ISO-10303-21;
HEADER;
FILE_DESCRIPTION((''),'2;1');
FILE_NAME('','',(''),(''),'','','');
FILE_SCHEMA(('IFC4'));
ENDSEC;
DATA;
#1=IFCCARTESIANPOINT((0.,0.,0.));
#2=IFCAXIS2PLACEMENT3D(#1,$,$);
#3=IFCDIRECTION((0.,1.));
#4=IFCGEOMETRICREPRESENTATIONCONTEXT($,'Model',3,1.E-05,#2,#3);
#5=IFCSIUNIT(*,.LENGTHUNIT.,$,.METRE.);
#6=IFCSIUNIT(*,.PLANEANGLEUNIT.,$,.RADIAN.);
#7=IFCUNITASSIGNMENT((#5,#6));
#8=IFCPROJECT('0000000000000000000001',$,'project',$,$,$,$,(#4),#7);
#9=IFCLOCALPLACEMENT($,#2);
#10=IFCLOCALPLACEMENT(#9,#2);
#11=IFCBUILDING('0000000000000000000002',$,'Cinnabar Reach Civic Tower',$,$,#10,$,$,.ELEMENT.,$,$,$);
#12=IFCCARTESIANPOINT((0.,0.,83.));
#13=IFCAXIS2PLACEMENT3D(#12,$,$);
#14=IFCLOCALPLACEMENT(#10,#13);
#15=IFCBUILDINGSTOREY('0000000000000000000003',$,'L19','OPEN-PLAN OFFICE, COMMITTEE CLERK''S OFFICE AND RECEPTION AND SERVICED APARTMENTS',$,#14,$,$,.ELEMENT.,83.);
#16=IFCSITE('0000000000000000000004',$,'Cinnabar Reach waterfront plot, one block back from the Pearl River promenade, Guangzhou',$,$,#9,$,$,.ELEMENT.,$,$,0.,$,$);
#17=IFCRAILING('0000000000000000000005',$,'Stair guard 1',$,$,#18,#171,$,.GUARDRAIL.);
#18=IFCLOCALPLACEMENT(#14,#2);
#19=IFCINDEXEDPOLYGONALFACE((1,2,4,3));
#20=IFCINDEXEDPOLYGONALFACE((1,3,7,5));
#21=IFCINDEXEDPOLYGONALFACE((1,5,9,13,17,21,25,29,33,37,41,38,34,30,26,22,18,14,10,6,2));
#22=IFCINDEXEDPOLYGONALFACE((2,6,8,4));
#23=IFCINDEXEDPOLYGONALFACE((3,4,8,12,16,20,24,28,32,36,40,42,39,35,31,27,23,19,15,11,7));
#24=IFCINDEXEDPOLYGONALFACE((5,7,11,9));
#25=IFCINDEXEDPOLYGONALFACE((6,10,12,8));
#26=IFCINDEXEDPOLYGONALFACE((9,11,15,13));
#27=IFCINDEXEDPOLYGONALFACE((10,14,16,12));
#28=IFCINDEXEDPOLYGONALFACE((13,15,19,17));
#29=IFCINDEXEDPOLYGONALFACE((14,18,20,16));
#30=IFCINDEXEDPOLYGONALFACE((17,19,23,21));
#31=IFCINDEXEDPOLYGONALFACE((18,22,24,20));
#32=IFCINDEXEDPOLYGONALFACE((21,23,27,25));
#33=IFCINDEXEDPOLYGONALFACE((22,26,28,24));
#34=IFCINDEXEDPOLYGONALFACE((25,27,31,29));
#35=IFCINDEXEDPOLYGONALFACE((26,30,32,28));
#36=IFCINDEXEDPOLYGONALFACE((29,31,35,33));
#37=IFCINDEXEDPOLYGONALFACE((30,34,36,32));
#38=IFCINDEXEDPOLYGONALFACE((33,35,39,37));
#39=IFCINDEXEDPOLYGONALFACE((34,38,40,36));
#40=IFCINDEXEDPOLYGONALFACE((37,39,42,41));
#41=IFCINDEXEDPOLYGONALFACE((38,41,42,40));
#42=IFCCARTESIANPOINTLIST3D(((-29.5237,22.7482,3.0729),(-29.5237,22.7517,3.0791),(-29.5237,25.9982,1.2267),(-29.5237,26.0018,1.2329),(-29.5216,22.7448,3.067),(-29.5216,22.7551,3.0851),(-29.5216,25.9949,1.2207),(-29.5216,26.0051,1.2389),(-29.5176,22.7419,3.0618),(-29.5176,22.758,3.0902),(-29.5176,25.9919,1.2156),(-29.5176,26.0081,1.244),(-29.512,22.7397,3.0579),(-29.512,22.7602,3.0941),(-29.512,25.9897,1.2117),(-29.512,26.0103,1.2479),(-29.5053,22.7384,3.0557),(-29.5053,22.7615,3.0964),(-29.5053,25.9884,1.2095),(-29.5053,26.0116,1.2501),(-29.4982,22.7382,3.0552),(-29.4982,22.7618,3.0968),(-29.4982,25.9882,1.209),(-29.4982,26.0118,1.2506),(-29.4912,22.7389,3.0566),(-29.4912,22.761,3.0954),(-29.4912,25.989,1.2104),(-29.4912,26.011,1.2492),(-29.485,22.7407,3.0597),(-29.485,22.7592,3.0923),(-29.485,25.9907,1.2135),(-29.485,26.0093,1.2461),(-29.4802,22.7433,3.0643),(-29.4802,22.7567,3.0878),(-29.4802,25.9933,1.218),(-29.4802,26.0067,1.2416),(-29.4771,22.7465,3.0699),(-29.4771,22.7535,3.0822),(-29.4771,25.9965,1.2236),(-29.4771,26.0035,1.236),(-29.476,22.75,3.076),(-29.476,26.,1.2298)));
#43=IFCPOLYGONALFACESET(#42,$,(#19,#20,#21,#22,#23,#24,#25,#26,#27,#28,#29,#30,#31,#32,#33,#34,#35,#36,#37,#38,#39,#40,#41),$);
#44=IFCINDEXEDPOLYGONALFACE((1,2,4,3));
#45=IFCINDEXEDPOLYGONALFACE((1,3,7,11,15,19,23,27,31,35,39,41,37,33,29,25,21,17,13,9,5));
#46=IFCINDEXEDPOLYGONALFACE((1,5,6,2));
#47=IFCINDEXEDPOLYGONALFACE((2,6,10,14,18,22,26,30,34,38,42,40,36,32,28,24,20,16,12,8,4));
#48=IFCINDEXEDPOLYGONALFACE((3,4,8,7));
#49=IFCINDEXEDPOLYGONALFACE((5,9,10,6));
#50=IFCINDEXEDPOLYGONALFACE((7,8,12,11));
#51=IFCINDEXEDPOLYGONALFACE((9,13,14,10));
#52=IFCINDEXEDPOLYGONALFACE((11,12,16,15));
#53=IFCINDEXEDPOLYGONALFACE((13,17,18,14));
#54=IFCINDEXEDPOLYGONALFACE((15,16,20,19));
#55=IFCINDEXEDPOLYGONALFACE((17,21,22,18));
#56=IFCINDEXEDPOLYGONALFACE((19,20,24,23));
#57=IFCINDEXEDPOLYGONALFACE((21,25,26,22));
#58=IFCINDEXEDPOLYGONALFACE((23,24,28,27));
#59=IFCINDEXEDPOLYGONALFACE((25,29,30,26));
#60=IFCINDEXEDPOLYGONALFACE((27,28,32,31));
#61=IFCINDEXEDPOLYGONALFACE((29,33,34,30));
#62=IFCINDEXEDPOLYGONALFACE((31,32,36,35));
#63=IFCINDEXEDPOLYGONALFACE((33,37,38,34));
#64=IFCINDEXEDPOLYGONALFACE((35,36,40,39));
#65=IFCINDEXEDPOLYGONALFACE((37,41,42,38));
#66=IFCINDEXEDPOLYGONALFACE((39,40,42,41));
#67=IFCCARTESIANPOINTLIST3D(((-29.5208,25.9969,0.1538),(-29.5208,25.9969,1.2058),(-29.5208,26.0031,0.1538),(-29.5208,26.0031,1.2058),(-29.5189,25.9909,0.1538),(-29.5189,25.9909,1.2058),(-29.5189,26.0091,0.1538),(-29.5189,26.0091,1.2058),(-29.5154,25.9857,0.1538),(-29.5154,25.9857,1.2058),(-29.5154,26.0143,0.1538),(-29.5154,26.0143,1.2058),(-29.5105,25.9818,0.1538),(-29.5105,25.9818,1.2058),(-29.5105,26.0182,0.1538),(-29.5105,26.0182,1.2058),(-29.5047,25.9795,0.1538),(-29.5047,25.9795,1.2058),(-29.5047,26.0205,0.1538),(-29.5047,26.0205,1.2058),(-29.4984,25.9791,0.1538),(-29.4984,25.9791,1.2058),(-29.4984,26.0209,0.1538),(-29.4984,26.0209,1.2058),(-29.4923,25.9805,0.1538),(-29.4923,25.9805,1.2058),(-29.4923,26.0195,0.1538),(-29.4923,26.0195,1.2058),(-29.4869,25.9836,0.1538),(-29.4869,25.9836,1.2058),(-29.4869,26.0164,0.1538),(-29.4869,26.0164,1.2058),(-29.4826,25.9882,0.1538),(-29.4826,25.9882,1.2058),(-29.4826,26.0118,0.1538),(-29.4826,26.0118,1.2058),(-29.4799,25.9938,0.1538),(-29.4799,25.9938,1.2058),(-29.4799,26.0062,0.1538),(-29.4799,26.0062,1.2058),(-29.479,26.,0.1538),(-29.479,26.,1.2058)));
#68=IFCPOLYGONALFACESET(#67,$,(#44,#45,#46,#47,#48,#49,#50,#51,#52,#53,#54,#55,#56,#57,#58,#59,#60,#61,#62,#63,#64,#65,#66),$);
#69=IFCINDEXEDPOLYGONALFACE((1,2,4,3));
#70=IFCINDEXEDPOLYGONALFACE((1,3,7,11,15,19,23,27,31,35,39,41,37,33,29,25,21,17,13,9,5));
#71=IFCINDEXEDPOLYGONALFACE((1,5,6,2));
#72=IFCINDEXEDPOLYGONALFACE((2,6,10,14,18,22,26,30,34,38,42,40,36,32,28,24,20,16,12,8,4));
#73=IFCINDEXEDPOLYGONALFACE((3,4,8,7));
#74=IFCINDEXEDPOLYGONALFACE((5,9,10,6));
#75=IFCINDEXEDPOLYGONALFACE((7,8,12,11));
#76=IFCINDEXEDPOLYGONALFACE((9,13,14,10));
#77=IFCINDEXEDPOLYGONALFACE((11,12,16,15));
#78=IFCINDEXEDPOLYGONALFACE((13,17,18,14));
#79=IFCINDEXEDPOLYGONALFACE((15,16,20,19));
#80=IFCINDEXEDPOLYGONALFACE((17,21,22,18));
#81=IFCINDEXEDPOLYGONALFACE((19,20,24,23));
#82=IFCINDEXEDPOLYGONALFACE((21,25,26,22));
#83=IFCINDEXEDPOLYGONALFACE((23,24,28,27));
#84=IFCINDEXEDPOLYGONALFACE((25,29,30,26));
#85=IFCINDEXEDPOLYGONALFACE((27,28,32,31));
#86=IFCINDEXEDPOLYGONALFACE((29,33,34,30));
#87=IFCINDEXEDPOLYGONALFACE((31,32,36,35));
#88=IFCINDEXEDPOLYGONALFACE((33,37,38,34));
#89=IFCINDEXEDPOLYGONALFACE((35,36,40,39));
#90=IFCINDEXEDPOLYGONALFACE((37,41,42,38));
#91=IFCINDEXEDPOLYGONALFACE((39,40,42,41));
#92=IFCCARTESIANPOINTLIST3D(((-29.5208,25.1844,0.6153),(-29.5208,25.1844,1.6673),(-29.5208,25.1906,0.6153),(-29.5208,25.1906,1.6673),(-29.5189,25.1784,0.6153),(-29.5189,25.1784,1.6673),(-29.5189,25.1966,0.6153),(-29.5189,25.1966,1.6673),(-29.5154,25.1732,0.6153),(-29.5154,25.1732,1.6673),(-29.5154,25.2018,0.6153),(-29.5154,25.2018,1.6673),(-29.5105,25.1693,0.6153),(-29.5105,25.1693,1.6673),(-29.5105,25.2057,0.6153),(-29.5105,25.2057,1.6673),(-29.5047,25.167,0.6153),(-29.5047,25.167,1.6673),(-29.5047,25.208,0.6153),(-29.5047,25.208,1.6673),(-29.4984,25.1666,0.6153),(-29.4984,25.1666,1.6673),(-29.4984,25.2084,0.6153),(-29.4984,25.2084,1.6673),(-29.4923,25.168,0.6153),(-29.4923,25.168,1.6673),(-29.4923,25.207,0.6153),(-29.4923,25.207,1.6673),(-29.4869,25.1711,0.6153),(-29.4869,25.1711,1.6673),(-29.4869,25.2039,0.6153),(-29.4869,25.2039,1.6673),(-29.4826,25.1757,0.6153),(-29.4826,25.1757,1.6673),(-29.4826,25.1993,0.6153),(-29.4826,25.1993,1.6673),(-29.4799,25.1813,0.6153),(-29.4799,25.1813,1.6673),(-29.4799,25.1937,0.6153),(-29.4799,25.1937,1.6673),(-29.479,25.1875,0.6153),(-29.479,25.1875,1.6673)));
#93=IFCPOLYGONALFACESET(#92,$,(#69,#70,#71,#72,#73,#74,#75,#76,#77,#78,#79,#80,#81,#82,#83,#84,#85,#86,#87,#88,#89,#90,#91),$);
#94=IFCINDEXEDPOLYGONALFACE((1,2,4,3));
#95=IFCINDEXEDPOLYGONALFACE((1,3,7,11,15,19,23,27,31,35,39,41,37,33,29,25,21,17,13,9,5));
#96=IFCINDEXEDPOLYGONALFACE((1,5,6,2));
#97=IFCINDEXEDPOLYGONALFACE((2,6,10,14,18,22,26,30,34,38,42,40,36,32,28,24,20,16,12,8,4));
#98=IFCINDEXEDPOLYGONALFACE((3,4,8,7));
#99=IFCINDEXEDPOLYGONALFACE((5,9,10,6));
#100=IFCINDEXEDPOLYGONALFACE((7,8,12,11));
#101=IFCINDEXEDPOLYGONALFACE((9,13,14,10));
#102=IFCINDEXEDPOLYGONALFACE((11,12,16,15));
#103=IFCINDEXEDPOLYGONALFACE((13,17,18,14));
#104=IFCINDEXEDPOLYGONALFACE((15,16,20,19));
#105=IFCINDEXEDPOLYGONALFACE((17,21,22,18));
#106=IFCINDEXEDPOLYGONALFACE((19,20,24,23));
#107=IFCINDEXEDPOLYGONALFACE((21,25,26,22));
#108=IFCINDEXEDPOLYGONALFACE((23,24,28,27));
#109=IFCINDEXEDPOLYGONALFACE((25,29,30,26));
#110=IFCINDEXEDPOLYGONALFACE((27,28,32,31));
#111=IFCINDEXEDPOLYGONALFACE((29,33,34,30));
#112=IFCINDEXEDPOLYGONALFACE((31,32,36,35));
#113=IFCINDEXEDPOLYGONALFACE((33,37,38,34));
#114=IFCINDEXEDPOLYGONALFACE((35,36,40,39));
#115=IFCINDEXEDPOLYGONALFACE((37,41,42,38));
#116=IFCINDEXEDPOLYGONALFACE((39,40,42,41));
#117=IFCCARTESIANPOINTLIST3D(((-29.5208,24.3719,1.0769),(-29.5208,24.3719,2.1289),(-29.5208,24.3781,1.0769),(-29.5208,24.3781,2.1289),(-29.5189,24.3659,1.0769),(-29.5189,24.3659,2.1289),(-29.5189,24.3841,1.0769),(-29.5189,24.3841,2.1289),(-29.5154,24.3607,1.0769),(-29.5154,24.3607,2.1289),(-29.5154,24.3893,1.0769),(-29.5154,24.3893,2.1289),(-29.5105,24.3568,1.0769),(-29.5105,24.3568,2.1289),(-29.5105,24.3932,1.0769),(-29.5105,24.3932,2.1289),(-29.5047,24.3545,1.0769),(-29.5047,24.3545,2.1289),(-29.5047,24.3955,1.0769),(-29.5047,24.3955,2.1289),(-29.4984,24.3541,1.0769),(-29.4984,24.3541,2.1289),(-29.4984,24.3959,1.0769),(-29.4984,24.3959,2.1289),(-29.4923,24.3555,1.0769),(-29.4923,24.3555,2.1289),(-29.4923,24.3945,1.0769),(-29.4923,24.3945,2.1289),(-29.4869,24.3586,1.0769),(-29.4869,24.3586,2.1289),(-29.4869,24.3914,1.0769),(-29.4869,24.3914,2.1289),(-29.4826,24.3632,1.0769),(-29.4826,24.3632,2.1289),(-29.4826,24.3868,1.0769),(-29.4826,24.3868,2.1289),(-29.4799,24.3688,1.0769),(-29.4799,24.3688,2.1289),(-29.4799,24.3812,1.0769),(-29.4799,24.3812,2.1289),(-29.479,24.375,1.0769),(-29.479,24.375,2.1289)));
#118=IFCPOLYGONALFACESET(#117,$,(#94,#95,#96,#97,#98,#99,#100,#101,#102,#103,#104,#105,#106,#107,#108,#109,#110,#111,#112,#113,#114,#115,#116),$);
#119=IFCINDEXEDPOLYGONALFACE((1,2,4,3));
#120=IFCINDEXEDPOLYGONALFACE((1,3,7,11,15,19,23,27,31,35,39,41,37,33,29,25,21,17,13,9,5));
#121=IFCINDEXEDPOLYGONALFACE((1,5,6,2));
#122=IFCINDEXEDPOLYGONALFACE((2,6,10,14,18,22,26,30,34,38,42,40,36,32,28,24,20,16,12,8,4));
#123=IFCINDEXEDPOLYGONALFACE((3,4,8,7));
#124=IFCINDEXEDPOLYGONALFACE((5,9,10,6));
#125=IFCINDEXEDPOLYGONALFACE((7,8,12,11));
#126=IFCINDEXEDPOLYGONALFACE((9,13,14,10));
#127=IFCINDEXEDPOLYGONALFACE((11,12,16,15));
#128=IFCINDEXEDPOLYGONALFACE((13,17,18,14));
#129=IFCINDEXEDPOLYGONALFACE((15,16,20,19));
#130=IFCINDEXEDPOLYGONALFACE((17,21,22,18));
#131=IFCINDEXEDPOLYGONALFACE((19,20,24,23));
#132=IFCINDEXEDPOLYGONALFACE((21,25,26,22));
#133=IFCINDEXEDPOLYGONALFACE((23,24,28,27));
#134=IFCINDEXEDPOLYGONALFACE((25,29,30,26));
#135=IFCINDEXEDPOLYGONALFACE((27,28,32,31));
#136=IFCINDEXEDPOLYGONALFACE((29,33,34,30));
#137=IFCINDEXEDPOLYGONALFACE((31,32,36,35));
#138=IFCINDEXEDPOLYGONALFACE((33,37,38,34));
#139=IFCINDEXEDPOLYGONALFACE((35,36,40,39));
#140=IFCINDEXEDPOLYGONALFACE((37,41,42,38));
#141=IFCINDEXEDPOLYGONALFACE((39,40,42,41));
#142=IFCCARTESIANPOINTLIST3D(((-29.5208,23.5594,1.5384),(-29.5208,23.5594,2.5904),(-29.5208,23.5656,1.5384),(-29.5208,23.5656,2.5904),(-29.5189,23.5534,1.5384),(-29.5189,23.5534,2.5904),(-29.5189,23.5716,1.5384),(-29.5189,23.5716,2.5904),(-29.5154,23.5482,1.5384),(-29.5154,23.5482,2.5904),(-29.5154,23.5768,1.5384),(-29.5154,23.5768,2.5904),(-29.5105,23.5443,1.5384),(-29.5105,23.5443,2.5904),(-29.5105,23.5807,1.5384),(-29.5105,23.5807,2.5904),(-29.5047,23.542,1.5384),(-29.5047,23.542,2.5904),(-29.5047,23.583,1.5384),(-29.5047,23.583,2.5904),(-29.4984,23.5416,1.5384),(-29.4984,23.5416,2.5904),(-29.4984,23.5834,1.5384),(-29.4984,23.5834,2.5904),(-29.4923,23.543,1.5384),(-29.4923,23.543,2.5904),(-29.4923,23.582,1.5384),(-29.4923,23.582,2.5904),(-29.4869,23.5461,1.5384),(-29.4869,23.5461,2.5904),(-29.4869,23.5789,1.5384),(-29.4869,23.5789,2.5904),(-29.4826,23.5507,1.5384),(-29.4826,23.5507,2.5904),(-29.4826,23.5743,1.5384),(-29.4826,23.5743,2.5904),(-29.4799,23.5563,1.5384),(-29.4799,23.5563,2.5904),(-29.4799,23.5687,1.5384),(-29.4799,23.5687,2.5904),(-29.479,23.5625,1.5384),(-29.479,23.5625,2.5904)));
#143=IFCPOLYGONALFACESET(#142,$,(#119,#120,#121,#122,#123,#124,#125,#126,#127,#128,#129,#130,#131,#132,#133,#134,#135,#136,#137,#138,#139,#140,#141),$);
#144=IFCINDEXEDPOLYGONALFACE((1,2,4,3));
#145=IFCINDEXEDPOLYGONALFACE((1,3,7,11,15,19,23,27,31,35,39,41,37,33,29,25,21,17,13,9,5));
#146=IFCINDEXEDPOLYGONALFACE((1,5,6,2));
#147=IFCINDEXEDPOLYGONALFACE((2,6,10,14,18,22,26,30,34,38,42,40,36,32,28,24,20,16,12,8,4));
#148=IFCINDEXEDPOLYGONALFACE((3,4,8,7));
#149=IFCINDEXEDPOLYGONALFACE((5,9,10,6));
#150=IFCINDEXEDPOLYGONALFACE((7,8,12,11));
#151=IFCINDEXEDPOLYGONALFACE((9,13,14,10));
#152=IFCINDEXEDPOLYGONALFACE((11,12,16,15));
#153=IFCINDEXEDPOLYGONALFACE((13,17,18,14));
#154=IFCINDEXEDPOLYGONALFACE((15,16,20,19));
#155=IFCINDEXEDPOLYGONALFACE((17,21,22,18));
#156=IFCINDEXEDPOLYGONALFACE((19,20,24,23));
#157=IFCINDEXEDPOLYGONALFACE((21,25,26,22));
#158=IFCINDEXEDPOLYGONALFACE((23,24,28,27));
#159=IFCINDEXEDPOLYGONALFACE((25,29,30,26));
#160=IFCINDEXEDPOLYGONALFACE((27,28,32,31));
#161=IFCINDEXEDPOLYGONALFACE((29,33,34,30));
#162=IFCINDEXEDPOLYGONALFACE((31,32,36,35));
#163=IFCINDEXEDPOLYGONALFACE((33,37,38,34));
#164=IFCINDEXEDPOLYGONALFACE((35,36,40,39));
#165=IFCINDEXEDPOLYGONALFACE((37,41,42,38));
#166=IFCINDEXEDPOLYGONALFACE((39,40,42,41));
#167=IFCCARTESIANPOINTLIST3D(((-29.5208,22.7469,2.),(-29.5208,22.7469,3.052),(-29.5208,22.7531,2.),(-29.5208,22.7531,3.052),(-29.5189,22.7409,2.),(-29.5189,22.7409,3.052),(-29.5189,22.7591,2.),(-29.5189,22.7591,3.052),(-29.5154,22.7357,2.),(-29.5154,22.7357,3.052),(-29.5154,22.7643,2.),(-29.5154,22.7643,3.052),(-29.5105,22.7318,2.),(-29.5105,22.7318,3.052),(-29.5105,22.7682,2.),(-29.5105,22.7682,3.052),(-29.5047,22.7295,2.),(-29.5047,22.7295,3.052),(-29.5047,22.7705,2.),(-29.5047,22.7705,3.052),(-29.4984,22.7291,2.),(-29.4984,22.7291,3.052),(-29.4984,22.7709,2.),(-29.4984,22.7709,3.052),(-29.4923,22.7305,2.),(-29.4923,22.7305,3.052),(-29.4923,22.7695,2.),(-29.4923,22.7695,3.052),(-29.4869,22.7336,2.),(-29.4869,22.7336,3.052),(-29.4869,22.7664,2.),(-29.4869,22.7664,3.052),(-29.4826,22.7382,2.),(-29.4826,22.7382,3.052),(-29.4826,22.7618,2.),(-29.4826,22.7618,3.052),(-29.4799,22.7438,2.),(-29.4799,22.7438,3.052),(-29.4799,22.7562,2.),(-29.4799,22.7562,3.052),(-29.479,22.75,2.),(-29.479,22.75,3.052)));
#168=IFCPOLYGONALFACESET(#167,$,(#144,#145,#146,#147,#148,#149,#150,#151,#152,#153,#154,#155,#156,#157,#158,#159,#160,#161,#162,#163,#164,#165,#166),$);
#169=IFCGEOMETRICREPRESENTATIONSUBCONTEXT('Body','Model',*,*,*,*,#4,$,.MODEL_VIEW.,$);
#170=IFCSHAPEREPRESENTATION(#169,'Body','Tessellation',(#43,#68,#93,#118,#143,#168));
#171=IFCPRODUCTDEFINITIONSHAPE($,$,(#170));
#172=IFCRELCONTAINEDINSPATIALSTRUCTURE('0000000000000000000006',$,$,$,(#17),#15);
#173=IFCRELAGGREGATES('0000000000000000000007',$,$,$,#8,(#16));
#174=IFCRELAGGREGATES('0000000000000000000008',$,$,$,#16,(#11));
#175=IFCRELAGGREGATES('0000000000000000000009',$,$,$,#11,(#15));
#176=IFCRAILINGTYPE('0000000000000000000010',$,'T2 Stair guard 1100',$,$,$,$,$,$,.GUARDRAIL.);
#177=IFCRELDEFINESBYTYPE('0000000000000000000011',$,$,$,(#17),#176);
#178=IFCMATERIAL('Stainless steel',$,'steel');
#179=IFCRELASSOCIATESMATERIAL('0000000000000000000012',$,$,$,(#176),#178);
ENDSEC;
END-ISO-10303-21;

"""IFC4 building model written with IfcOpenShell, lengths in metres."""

from ifc_helpers import new_model, si_unit, direction, frame, origin, origin_2d, place, context, subcontext, project, spatial, circle, extrude, material, type_object, element, save


model = new_model("IFC4")

# Units and contexts
model_context = context("Model", 3, precision=1e-05, world=origin(), true_north=direction((0.0, 1.0)))
body_context = subcontext(model_context, "Body", "Model", "MODEL_VIEW")
ifc_project = project(units=[si_unit("LENGTHUNIT", "METRE"), si_unit("PLANEANGLEUNIT", "RADIAN")], contexts=[model_context])

# Site, building, storey
site_placement = place(None, origin())
site = spatial("IfcSite", under=ifc_project, at=site_placement, Name="Cinnabar Reach waterfront plot, one block back from the Pearl River promenade, Guangzhou", CompositionType="ELEMENT", RefElevation=0.0)
building_placement = place(site_placement, origin())
building = spatial("IfcBuilding", under=site, at=building_placement, Name="Cinnabar Reach Civic Tower", CompositionType="ELEMENT")
storey_placement = place(building_placement, frame((0.0, 0.0, 83.0)))
storey = spatial("IfcBuildingStorey", under=building, at=storey_placement, Name="L19", Description="OPEN-PLAN OFFICE, COMMITTEE CLERK'S OFFICE AND RECEPTION AND SERVICED APARTMENTS", CompositionType="ELEMENT", Elevation=83.0)

# Railing
ifc_material_1 = material(Name="Stainless steel", Category="steel")
railing_type = type_object("IfcRailingType", Name="T2 Stair guard 1100", PredefinedType="GUARDRAIL", material=ifc_material_1)
railing_1_placement = place(storey_placement, frame((-29.5, 26.0, 0.1538)))
element("IfcRailing", 1, at=railing_1_placement, inside=storey, type_object=railing_type, Name="Stair guard 1", PredefinedType="GUARDRAIL", context=body_context, shape_type="SweptSolid", body=[
    extrude(circle(Radius=0.024, at=origin_2d()), frame((0.0, 0.0, 1.076), z_axis=(0.0, -0.869501, 0.49393), x_axis=(1.0, 0.0, 0.0)), (0.0, 0.0, 1.0), 3.7378),
    extrude(circle(Radius=0.021, at=origin_2d()), origin(), (0.0, 0.0, 1.0), 1.052),
    extrude(circle(Radius=0.021, at=origin_2d()), frame((0.0, -0.8125, 0.4615)), (0.0, 0.0, 1.0), 1.052),
    extrude(circle(Radius=0.021, at=origin_2d()), frame((0.0, -1.625, 0.9231)), (0.0, 0.0, 1.0), 1.052),
    extrude(circle(Radius=0.021, at=origin_2d()), frame((0.0, -2.4375, 1.3846)), (0.0, 0.0, 1.0), 1.052),
    extrude(circle(Radius=0.021, at=origin_2d()), frame((0.0, -3.25, 1.8462)), (0.0, 0.0, 1.0), 1.052),
])

save(model, "model.ifc")
